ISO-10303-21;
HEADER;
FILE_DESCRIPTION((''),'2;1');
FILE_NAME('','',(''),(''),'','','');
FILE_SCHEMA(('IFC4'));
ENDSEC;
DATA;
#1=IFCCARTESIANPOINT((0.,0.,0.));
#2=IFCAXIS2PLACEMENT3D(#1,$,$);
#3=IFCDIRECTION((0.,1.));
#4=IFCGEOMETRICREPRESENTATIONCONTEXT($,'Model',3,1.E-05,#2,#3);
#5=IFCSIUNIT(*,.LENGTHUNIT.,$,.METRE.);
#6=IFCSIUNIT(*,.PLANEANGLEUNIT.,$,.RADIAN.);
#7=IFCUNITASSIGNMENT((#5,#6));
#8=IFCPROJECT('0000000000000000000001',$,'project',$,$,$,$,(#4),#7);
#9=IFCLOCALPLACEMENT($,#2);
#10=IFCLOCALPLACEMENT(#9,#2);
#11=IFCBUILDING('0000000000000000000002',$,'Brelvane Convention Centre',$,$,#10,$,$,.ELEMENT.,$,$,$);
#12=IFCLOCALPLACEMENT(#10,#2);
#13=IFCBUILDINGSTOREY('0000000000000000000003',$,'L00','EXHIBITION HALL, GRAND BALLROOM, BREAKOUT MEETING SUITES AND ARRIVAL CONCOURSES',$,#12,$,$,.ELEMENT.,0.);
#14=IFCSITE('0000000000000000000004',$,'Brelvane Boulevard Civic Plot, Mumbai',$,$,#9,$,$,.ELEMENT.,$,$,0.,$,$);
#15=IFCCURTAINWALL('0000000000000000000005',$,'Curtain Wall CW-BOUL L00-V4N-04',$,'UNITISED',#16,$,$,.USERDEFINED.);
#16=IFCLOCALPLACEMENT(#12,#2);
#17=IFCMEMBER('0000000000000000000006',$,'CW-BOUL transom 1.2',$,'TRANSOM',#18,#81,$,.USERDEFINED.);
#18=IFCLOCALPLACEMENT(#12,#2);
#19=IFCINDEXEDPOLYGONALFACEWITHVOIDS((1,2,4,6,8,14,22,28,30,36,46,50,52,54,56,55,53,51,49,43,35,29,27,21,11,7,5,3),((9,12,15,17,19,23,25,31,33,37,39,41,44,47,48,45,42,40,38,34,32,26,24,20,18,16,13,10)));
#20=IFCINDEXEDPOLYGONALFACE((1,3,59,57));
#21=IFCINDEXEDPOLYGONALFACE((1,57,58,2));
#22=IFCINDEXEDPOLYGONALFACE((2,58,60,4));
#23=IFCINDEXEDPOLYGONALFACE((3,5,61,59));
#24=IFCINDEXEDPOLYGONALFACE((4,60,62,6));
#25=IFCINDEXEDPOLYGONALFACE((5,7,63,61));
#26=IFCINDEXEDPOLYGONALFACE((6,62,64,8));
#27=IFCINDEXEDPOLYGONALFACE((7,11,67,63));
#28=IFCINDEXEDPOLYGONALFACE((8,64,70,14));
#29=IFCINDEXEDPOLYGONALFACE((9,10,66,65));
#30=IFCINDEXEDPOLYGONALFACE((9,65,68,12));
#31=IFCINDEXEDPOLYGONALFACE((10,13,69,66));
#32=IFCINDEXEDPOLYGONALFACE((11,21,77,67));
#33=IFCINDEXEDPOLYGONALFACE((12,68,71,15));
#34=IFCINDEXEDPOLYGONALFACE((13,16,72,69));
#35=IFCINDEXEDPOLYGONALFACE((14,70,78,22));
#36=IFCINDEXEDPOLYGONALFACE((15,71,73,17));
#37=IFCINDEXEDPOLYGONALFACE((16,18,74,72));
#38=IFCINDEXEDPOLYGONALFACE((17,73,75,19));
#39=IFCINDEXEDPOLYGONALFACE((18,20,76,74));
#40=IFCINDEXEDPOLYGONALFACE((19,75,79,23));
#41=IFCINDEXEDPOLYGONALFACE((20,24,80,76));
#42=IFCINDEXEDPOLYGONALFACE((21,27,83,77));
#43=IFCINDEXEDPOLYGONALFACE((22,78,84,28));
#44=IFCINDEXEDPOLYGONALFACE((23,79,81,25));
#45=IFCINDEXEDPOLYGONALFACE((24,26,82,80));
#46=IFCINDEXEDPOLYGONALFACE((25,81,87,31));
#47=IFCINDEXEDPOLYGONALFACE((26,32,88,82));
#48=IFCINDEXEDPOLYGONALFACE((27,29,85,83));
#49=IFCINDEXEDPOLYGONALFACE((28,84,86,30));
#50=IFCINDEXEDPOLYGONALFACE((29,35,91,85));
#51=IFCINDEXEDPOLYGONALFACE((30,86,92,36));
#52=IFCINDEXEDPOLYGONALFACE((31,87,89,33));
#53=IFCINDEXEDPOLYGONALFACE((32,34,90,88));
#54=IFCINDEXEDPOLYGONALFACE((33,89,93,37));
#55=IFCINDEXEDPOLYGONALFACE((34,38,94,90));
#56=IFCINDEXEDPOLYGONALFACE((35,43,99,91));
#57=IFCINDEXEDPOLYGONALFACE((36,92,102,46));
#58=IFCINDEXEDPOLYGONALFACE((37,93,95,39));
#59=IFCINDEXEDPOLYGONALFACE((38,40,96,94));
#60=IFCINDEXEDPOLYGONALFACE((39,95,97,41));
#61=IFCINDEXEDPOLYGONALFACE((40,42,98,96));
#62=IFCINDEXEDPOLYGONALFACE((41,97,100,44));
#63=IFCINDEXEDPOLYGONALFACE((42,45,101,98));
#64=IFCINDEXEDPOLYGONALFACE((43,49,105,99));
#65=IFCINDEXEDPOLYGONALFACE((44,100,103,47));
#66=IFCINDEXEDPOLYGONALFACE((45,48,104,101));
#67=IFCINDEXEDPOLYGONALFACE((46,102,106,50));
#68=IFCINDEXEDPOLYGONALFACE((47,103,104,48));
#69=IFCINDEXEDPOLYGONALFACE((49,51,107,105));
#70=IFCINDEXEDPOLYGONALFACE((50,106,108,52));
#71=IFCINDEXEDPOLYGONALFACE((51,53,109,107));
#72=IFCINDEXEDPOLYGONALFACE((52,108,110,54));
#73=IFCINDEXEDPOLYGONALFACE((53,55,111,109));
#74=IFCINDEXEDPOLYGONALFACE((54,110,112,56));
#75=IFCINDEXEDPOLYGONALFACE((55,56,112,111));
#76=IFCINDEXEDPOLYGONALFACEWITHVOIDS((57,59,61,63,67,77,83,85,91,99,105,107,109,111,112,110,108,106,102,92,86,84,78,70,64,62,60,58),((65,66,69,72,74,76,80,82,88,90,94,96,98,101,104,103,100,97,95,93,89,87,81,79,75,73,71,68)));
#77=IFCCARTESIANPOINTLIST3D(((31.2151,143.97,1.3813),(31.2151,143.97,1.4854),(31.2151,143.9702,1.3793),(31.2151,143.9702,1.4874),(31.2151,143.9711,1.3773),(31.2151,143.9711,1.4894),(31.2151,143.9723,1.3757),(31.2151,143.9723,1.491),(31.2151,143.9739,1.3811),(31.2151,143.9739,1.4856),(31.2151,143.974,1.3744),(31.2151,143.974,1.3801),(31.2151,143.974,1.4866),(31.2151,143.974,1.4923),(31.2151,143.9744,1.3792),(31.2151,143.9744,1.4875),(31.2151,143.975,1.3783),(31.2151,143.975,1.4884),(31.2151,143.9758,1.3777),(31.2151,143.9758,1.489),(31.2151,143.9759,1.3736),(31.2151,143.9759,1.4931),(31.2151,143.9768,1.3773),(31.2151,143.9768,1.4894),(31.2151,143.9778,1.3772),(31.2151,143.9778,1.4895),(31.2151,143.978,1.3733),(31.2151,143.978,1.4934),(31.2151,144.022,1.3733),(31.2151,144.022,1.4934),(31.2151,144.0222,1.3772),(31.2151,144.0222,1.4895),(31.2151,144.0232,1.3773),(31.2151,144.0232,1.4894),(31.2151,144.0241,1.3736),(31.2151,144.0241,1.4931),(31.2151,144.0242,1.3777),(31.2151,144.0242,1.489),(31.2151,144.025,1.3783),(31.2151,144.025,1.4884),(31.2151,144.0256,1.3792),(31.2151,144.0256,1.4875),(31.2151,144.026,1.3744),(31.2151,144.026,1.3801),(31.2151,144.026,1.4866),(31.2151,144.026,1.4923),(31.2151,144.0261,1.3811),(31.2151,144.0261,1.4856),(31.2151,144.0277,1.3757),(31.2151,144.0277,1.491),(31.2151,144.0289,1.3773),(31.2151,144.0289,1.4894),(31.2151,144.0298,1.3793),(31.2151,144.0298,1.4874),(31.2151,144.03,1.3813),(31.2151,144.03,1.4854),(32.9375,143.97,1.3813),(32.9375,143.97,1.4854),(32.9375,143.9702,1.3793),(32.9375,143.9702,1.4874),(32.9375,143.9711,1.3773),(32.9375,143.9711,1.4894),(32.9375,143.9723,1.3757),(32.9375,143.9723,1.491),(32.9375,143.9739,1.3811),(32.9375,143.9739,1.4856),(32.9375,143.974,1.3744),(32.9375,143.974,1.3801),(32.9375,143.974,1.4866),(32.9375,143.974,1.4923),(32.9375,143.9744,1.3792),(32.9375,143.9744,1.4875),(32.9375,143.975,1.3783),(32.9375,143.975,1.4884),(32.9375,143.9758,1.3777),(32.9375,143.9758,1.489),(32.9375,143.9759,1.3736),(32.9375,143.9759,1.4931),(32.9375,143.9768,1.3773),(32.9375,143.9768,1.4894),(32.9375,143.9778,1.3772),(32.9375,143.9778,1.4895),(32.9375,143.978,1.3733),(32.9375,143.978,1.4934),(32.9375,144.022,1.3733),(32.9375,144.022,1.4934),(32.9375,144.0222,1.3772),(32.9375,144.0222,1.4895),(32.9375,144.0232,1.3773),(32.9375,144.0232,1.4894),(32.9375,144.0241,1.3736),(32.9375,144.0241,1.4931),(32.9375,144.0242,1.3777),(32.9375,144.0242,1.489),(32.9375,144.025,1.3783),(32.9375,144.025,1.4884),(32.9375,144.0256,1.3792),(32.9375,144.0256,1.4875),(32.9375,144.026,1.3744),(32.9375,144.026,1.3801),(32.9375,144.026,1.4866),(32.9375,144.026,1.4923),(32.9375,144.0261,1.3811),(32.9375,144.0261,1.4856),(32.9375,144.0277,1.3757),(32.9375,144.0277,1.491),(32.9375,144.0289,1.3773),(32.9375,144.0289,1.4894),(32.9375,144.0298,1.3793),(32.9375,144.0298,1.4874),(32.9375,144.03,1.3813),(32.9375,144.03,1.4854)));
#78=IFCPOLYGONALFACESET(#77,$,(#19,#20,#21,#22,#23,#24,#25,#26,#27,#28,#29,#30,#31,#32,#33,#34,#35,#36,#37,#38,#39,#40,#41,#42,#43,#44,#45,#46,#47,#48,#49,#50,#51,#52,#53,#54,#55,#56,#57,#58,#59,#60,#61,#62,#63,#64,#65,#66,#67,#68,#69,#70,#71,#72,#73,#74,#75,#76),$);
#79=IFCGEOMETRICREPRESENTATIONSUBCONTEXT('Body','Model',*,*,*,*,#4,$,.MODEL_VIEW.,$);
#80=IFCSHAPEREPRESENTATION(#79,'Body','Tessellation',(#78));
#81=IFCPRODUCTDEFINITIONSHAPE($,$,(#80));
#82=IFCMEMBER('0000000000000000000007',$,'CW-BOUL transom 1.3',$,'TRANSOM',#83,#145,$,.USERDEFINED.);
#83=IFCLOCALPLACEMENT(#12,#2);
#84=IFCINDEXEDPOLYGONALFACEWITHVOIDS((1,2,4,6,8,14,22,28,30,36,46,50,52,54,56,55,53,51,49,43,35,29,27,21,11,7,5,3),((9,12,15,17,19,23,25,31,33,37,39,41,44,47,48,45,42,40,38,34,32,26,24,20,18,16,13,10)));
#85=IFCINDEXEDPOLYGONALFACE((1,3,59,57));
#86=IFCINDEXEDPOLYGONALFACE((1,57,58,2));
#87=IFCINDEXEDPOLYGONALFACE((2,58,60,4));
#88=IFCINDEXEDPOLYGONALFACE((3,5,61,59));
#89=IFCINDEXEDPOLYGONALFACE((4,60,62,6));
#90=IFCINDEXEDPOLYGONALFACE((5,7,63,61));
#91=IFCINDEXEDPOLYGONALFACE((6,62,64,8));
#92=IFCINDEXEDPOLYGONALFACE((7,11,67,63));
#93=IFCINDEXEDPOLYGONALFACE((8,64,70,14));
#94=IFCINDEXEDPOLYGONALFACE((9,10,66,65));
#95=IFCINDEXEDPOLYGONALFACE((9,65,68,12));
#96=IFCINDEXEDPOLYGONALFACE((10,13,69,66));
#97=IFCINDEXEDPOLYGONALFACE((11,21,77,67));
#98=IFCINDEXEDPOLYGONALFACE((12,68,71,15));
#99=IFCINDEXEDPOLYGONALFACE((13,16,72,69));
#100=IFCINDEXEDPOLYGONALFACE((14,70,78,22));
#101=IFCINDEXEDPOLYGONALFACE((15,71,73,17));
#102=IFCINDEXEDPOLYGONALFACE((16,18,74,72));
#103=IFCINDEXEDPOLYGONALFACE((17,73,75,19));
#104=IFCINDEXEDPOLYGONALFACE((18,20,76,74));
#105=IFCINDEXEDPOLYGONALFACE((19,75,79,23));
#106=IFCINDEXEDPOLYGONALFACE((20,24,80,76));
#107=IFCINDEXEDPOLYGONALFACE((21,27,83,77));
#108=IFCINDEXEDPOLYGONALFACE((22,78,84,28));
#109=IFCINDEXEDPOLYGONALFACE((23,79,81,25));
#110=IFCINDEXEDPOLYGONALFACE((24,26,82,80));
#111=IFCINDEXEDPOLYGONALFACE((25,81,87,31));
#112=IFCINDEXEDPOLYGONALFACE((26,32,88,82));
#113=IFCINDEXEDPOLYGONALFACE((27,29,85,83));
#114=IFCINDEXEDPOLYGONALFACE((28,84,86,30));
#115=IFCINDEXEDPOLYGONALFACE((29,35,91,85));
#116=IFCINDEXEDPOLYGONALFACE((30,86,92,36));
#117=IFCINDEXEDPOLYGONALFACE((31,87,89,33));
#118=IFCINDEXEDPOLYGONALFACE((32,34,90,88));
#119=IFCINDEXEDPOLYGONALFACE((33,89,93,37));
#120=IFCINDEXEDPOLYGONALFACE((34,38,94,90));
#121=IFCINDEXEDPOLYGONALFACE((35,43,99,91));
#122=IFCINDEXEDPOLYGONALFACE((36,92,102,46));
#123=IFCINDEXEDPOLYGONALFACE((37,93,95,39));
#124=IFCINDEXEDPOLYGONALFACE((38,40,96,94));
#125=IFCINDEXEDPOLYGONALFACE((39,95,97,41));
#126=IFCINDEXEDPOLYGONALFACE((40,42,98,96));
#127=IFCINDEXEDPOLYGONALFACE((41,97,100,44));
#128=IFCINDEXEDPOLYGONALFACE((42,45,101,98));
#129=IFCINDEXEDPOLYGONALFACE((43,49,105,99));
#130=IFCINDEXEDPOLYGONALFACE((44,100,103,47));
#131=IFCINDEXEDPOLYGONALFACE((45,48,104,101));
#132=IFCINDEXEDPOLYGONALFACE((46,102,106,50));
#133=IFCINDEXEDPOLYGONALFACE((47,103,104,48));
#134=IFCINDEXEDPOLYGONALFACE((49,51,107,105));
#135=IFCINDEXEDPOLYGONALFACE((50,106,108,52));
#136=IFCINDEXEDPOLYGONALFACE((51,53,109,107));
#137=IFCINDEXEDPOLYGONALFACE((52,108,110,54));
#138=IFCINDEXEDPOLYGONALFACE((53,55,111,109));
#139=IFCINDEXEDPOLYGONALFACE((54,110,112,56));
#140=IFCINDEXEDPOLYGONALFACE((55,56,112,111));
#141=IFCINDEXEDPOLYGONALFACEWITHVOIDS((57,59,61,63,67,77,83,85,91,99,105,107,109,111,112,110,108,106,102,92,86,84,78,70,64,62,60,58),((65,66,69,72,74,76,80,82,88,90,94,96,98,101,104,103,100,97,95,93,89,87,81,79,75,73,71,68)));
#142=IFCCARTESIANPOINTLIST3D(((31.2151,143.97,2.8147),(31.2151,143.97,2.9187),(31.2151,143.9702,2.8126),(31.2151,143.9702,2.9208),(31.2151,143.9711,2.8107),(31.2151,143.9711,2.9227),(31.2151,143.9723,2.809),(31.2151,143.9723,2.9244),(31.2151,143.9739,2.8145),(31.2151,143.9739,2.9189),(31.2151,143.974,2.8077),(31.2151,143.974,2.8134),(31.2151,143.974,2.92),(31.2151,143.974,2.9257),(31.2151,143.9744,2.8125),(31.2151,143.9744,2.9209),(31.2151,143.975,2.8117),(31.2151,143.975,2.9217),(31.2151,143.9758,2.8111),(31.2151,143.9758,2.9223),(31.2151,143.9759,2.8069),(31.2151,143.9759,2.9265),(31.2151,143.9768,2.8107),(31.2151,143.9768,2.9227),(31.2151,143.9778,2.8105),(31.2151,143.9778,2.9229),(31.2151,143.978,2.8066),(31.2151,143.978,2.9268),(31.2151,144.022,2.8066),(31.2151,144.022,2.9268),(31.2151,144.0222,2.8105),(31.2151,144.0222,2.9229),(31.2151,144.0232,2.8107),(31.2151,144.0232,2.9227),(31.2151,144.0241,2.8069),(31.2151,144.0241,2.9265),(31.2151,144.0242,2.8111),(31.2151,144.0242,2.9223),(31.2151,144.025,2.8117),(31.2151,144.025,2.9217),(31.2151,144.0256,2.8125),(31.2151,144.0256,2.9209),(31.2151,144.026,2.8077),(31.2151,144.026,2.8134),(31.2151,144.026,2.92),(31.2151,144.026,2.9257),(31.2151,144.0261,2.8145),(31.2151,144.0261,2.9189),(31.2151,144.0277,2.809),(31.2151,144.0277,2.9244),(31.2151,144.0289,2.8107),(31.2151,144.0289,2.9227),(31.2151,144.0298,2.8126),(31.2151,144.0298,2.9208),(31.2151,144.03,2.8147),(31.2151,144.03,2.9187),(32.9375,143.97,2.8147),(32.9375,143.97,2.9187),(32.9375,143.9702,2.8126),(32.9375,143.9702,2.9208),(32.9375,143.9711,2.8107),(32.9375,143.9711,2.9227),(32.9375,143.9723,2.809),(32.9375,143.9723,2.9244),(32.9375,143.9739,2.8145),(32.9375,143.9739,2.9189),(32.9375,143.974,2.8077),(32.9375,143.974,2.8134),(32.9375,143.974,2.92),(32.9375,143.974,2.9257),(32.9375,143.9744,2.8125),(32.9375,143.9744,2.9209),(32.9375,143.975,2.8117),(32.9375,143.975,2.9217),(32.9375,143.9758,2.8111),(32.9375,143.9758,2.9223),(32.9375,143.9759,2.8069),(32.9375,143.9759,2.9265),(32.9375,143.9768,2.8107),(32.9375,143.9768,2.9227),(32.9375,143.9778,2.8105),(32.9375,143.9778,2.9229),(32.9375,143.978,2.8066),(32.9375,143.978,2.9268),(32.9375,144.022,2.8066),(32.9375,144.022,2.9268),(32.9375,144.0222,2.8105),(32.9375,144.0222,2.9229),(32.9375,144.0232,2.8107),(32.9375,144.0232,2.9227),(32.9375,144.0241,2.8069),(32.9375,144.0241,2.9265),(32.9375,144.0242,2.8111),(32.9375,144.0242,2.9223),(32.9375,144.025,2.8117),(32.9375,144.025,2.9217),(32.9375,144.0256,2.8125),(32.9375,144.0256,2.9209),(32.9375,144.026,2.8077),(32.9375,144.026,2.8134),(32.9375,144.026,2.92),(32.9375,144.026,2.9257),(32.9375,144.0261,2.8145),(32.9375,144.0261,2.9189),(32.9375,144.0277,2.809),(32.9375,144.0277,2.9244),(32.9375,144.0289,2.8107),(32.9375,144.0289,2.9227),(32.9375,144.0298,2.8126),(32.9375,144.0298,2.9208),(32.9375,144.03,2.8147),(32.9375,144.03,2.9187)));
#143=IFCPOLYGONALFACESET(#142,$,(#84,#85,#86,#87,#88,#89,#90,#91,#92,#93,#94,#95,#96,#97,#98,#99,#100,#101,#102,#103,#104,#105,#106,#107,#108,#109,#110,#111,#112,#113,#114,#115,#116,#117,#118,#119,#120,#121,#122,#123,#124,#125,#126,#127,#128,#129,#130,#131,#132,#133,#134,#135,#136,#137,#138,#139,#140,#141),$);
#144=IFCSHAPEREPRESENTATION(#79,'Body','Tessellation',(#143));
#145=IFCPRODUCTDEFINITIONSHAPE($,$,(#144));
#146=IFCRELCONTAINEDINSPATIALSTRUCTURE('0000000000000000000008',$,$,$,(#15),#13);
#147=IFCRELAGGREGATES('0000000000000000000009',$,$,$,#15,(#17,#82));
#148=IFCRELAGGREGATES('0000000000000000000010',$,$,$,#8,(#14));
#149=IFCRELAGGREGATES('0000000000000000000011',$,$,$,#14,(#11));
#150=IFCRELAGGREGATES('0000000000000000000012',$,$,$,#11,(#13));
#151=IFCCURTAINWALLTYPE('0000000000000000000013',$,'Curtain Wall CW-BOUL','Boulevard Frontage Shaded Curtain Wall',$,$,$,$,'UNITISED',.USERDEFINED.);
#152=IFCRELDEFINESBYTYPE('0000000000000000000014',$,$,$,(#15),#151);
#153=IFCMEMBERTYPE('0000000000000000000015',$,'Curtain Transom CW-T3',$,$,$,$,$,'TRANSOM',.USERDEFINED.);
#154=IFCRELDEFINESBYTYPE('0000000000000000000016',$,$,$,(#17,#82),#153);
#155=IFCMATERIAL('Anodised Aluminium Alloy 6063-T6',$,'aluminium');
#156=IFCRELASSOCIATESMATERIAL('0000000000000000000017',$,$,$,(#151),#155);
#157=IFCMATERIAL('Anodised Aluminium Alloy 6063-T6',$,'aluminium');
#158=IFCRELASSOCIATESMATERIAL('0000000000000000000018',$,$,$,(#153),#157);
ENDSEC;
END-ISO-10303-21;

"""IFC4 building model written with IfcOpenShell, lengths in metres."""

from ifc_helpers import new_model, si_unit, direction, frame, origin, origin_2d, place, context, subcontext, project, spatial, hollow_rectangle, extrude, material, material_profile, profile_set, type_object, element, aggregate, save


model = new_model("IFC4")

# Units and contexts
model_context = context("Model", 3, precision=1e-05, world=origin(), true_north=direction((0.0, 1.0)))
body_context = subcontext(model_context, "Body", "Model", "MODEL_VIEW")
ifc_project = project(units=[si_unit("LENGTHUNIT", "METRE"), si_unit("PLANEANGLEUNIT", "RADIAN")], contexts=[model_context])

# Site, building, storey
site_placement = place(None, origin())
site = spatial("IfcSite", under=ifc_project, at=site_placement, Name="Brelvane Boulevard Civic Plot, Mumbai", CompositionType="ELEMENT", RefElevation=0.0)
building_placement = place(site_placement, origin())
building = spatial("IfcBuilding", under=site, at=building_placement, Name="Brelvane Convention Centre", CompositionType="ELEMENT")
storey_placement = place(building_placement, origin())
storey = spatial("IfcBuildingStorey", under=building, at=storey_placement, Name="L00", Description="EXHIBITION HALL, GRAND BALLROOM, BREAKOUT MEETING SUITES AND ARRIVAL CONCOURSES", CompositionType="ELEMENT", Elevation=0.0)

# Curtain wall, members
ifc_material_1 = material(Name="Anodised Aluminium Alloy 6063-T6", Category="aluminium")
curtain_wall_type = type_object("IfcCurtainWallType", Name="Curtain Wall CW-BOUL", Description="Boulevard Frontage Shaded Curtain Wall", ElementType="UNITISED", PredefinedType="USERDEFINED", material=ifc_material_1)
curtain_wall_placement = place(storey_placement, origin())
curtain_wall = element("IfcCurtainWall", 1, at=curtain_wall_placement, inside=storey, type_object=curtain_wall_type, Name="Curtain Wall CW-BOUL L00-V4N-04", ObjectType="UNITISED", PredefinedType="USERDEFINED")
ifc_material_2 = material(Name="Anodised Aluminium Alloy 6063-T6", Category="aluminium")
ifc_material_profile_1 = material_profile(ifc_material_2, hollow_rectangle(XDim=0.0601, YDim=0.1201, WallThickness=0.0039, InnerFilletRadius=0.0039, OuterFilletRadius=0.0081, at=origin_2d()), Name="ALU-T 120x60x4.0")
ifc_profile_set_1 = profile_set([ifc_material_profile_1], Name="Anodised Aluminium Alloy 6063-T6")
member_type_1 = type_object("IfcMemberType", Name="Curtain Transom CW-T3", ElementType="TRANSOM", PredefinedType="USERDEFINED", material=ifc_profile_set_1)
member_1_placement = place(storey_placement, frame((31.2151, 144.0, 1.4333), z_axis=(1.0, 0.0, 0.0), x_axis=(0.0, 1.0, 0.0)))
member_1 = element("IfcMember", 2, at=member_1_placement, type_object=member_type_1, Name="CW-BOUL transom 1.2", ObjectType="TRANSOM", PredefinedType="USERDEFINED", context=body_context, shape_type="SweptSolid", body=[
    extrude(hollow_rectangle(XDim=0.0601, YDim=0.1201, WallThickness=0.0039, InnerFilletRadius=0.0039, OuterFilletRadius=0.0081, at=origin_2d()), origin(), (0.0, 0.0, 1.0), 1.7224),
])
member_2_placement = place(storey_placement, frame((31.2151, 144.0, 2.8667), z_axis=(1.0, 0.0, 0.0), x_axis=(0.0, 1.0, 0.0)))
member_2 = element("IfcMember", 3, at=member_2_placement, type_object=member_type_1, Name="CW-BOUL transom 1.3", ObjectType="TRANSOM", PredefinedType="USERDEFINED", context=body_context, shape_type="SweptSolid", body=[
    extrude(hollow_rectangle(XDim=0.0601, YDim=0.1201, WallThickness=0.0039, InnerFilletRadius=0.0039, OuterFilletRadius=0.0081, at=origin_2d()), origin(), (0.0, 0.0, 1.0), 1.7224),
])

aggregate(curtain_wall, [member_1, member_2])

save(model, "model.ifc")
